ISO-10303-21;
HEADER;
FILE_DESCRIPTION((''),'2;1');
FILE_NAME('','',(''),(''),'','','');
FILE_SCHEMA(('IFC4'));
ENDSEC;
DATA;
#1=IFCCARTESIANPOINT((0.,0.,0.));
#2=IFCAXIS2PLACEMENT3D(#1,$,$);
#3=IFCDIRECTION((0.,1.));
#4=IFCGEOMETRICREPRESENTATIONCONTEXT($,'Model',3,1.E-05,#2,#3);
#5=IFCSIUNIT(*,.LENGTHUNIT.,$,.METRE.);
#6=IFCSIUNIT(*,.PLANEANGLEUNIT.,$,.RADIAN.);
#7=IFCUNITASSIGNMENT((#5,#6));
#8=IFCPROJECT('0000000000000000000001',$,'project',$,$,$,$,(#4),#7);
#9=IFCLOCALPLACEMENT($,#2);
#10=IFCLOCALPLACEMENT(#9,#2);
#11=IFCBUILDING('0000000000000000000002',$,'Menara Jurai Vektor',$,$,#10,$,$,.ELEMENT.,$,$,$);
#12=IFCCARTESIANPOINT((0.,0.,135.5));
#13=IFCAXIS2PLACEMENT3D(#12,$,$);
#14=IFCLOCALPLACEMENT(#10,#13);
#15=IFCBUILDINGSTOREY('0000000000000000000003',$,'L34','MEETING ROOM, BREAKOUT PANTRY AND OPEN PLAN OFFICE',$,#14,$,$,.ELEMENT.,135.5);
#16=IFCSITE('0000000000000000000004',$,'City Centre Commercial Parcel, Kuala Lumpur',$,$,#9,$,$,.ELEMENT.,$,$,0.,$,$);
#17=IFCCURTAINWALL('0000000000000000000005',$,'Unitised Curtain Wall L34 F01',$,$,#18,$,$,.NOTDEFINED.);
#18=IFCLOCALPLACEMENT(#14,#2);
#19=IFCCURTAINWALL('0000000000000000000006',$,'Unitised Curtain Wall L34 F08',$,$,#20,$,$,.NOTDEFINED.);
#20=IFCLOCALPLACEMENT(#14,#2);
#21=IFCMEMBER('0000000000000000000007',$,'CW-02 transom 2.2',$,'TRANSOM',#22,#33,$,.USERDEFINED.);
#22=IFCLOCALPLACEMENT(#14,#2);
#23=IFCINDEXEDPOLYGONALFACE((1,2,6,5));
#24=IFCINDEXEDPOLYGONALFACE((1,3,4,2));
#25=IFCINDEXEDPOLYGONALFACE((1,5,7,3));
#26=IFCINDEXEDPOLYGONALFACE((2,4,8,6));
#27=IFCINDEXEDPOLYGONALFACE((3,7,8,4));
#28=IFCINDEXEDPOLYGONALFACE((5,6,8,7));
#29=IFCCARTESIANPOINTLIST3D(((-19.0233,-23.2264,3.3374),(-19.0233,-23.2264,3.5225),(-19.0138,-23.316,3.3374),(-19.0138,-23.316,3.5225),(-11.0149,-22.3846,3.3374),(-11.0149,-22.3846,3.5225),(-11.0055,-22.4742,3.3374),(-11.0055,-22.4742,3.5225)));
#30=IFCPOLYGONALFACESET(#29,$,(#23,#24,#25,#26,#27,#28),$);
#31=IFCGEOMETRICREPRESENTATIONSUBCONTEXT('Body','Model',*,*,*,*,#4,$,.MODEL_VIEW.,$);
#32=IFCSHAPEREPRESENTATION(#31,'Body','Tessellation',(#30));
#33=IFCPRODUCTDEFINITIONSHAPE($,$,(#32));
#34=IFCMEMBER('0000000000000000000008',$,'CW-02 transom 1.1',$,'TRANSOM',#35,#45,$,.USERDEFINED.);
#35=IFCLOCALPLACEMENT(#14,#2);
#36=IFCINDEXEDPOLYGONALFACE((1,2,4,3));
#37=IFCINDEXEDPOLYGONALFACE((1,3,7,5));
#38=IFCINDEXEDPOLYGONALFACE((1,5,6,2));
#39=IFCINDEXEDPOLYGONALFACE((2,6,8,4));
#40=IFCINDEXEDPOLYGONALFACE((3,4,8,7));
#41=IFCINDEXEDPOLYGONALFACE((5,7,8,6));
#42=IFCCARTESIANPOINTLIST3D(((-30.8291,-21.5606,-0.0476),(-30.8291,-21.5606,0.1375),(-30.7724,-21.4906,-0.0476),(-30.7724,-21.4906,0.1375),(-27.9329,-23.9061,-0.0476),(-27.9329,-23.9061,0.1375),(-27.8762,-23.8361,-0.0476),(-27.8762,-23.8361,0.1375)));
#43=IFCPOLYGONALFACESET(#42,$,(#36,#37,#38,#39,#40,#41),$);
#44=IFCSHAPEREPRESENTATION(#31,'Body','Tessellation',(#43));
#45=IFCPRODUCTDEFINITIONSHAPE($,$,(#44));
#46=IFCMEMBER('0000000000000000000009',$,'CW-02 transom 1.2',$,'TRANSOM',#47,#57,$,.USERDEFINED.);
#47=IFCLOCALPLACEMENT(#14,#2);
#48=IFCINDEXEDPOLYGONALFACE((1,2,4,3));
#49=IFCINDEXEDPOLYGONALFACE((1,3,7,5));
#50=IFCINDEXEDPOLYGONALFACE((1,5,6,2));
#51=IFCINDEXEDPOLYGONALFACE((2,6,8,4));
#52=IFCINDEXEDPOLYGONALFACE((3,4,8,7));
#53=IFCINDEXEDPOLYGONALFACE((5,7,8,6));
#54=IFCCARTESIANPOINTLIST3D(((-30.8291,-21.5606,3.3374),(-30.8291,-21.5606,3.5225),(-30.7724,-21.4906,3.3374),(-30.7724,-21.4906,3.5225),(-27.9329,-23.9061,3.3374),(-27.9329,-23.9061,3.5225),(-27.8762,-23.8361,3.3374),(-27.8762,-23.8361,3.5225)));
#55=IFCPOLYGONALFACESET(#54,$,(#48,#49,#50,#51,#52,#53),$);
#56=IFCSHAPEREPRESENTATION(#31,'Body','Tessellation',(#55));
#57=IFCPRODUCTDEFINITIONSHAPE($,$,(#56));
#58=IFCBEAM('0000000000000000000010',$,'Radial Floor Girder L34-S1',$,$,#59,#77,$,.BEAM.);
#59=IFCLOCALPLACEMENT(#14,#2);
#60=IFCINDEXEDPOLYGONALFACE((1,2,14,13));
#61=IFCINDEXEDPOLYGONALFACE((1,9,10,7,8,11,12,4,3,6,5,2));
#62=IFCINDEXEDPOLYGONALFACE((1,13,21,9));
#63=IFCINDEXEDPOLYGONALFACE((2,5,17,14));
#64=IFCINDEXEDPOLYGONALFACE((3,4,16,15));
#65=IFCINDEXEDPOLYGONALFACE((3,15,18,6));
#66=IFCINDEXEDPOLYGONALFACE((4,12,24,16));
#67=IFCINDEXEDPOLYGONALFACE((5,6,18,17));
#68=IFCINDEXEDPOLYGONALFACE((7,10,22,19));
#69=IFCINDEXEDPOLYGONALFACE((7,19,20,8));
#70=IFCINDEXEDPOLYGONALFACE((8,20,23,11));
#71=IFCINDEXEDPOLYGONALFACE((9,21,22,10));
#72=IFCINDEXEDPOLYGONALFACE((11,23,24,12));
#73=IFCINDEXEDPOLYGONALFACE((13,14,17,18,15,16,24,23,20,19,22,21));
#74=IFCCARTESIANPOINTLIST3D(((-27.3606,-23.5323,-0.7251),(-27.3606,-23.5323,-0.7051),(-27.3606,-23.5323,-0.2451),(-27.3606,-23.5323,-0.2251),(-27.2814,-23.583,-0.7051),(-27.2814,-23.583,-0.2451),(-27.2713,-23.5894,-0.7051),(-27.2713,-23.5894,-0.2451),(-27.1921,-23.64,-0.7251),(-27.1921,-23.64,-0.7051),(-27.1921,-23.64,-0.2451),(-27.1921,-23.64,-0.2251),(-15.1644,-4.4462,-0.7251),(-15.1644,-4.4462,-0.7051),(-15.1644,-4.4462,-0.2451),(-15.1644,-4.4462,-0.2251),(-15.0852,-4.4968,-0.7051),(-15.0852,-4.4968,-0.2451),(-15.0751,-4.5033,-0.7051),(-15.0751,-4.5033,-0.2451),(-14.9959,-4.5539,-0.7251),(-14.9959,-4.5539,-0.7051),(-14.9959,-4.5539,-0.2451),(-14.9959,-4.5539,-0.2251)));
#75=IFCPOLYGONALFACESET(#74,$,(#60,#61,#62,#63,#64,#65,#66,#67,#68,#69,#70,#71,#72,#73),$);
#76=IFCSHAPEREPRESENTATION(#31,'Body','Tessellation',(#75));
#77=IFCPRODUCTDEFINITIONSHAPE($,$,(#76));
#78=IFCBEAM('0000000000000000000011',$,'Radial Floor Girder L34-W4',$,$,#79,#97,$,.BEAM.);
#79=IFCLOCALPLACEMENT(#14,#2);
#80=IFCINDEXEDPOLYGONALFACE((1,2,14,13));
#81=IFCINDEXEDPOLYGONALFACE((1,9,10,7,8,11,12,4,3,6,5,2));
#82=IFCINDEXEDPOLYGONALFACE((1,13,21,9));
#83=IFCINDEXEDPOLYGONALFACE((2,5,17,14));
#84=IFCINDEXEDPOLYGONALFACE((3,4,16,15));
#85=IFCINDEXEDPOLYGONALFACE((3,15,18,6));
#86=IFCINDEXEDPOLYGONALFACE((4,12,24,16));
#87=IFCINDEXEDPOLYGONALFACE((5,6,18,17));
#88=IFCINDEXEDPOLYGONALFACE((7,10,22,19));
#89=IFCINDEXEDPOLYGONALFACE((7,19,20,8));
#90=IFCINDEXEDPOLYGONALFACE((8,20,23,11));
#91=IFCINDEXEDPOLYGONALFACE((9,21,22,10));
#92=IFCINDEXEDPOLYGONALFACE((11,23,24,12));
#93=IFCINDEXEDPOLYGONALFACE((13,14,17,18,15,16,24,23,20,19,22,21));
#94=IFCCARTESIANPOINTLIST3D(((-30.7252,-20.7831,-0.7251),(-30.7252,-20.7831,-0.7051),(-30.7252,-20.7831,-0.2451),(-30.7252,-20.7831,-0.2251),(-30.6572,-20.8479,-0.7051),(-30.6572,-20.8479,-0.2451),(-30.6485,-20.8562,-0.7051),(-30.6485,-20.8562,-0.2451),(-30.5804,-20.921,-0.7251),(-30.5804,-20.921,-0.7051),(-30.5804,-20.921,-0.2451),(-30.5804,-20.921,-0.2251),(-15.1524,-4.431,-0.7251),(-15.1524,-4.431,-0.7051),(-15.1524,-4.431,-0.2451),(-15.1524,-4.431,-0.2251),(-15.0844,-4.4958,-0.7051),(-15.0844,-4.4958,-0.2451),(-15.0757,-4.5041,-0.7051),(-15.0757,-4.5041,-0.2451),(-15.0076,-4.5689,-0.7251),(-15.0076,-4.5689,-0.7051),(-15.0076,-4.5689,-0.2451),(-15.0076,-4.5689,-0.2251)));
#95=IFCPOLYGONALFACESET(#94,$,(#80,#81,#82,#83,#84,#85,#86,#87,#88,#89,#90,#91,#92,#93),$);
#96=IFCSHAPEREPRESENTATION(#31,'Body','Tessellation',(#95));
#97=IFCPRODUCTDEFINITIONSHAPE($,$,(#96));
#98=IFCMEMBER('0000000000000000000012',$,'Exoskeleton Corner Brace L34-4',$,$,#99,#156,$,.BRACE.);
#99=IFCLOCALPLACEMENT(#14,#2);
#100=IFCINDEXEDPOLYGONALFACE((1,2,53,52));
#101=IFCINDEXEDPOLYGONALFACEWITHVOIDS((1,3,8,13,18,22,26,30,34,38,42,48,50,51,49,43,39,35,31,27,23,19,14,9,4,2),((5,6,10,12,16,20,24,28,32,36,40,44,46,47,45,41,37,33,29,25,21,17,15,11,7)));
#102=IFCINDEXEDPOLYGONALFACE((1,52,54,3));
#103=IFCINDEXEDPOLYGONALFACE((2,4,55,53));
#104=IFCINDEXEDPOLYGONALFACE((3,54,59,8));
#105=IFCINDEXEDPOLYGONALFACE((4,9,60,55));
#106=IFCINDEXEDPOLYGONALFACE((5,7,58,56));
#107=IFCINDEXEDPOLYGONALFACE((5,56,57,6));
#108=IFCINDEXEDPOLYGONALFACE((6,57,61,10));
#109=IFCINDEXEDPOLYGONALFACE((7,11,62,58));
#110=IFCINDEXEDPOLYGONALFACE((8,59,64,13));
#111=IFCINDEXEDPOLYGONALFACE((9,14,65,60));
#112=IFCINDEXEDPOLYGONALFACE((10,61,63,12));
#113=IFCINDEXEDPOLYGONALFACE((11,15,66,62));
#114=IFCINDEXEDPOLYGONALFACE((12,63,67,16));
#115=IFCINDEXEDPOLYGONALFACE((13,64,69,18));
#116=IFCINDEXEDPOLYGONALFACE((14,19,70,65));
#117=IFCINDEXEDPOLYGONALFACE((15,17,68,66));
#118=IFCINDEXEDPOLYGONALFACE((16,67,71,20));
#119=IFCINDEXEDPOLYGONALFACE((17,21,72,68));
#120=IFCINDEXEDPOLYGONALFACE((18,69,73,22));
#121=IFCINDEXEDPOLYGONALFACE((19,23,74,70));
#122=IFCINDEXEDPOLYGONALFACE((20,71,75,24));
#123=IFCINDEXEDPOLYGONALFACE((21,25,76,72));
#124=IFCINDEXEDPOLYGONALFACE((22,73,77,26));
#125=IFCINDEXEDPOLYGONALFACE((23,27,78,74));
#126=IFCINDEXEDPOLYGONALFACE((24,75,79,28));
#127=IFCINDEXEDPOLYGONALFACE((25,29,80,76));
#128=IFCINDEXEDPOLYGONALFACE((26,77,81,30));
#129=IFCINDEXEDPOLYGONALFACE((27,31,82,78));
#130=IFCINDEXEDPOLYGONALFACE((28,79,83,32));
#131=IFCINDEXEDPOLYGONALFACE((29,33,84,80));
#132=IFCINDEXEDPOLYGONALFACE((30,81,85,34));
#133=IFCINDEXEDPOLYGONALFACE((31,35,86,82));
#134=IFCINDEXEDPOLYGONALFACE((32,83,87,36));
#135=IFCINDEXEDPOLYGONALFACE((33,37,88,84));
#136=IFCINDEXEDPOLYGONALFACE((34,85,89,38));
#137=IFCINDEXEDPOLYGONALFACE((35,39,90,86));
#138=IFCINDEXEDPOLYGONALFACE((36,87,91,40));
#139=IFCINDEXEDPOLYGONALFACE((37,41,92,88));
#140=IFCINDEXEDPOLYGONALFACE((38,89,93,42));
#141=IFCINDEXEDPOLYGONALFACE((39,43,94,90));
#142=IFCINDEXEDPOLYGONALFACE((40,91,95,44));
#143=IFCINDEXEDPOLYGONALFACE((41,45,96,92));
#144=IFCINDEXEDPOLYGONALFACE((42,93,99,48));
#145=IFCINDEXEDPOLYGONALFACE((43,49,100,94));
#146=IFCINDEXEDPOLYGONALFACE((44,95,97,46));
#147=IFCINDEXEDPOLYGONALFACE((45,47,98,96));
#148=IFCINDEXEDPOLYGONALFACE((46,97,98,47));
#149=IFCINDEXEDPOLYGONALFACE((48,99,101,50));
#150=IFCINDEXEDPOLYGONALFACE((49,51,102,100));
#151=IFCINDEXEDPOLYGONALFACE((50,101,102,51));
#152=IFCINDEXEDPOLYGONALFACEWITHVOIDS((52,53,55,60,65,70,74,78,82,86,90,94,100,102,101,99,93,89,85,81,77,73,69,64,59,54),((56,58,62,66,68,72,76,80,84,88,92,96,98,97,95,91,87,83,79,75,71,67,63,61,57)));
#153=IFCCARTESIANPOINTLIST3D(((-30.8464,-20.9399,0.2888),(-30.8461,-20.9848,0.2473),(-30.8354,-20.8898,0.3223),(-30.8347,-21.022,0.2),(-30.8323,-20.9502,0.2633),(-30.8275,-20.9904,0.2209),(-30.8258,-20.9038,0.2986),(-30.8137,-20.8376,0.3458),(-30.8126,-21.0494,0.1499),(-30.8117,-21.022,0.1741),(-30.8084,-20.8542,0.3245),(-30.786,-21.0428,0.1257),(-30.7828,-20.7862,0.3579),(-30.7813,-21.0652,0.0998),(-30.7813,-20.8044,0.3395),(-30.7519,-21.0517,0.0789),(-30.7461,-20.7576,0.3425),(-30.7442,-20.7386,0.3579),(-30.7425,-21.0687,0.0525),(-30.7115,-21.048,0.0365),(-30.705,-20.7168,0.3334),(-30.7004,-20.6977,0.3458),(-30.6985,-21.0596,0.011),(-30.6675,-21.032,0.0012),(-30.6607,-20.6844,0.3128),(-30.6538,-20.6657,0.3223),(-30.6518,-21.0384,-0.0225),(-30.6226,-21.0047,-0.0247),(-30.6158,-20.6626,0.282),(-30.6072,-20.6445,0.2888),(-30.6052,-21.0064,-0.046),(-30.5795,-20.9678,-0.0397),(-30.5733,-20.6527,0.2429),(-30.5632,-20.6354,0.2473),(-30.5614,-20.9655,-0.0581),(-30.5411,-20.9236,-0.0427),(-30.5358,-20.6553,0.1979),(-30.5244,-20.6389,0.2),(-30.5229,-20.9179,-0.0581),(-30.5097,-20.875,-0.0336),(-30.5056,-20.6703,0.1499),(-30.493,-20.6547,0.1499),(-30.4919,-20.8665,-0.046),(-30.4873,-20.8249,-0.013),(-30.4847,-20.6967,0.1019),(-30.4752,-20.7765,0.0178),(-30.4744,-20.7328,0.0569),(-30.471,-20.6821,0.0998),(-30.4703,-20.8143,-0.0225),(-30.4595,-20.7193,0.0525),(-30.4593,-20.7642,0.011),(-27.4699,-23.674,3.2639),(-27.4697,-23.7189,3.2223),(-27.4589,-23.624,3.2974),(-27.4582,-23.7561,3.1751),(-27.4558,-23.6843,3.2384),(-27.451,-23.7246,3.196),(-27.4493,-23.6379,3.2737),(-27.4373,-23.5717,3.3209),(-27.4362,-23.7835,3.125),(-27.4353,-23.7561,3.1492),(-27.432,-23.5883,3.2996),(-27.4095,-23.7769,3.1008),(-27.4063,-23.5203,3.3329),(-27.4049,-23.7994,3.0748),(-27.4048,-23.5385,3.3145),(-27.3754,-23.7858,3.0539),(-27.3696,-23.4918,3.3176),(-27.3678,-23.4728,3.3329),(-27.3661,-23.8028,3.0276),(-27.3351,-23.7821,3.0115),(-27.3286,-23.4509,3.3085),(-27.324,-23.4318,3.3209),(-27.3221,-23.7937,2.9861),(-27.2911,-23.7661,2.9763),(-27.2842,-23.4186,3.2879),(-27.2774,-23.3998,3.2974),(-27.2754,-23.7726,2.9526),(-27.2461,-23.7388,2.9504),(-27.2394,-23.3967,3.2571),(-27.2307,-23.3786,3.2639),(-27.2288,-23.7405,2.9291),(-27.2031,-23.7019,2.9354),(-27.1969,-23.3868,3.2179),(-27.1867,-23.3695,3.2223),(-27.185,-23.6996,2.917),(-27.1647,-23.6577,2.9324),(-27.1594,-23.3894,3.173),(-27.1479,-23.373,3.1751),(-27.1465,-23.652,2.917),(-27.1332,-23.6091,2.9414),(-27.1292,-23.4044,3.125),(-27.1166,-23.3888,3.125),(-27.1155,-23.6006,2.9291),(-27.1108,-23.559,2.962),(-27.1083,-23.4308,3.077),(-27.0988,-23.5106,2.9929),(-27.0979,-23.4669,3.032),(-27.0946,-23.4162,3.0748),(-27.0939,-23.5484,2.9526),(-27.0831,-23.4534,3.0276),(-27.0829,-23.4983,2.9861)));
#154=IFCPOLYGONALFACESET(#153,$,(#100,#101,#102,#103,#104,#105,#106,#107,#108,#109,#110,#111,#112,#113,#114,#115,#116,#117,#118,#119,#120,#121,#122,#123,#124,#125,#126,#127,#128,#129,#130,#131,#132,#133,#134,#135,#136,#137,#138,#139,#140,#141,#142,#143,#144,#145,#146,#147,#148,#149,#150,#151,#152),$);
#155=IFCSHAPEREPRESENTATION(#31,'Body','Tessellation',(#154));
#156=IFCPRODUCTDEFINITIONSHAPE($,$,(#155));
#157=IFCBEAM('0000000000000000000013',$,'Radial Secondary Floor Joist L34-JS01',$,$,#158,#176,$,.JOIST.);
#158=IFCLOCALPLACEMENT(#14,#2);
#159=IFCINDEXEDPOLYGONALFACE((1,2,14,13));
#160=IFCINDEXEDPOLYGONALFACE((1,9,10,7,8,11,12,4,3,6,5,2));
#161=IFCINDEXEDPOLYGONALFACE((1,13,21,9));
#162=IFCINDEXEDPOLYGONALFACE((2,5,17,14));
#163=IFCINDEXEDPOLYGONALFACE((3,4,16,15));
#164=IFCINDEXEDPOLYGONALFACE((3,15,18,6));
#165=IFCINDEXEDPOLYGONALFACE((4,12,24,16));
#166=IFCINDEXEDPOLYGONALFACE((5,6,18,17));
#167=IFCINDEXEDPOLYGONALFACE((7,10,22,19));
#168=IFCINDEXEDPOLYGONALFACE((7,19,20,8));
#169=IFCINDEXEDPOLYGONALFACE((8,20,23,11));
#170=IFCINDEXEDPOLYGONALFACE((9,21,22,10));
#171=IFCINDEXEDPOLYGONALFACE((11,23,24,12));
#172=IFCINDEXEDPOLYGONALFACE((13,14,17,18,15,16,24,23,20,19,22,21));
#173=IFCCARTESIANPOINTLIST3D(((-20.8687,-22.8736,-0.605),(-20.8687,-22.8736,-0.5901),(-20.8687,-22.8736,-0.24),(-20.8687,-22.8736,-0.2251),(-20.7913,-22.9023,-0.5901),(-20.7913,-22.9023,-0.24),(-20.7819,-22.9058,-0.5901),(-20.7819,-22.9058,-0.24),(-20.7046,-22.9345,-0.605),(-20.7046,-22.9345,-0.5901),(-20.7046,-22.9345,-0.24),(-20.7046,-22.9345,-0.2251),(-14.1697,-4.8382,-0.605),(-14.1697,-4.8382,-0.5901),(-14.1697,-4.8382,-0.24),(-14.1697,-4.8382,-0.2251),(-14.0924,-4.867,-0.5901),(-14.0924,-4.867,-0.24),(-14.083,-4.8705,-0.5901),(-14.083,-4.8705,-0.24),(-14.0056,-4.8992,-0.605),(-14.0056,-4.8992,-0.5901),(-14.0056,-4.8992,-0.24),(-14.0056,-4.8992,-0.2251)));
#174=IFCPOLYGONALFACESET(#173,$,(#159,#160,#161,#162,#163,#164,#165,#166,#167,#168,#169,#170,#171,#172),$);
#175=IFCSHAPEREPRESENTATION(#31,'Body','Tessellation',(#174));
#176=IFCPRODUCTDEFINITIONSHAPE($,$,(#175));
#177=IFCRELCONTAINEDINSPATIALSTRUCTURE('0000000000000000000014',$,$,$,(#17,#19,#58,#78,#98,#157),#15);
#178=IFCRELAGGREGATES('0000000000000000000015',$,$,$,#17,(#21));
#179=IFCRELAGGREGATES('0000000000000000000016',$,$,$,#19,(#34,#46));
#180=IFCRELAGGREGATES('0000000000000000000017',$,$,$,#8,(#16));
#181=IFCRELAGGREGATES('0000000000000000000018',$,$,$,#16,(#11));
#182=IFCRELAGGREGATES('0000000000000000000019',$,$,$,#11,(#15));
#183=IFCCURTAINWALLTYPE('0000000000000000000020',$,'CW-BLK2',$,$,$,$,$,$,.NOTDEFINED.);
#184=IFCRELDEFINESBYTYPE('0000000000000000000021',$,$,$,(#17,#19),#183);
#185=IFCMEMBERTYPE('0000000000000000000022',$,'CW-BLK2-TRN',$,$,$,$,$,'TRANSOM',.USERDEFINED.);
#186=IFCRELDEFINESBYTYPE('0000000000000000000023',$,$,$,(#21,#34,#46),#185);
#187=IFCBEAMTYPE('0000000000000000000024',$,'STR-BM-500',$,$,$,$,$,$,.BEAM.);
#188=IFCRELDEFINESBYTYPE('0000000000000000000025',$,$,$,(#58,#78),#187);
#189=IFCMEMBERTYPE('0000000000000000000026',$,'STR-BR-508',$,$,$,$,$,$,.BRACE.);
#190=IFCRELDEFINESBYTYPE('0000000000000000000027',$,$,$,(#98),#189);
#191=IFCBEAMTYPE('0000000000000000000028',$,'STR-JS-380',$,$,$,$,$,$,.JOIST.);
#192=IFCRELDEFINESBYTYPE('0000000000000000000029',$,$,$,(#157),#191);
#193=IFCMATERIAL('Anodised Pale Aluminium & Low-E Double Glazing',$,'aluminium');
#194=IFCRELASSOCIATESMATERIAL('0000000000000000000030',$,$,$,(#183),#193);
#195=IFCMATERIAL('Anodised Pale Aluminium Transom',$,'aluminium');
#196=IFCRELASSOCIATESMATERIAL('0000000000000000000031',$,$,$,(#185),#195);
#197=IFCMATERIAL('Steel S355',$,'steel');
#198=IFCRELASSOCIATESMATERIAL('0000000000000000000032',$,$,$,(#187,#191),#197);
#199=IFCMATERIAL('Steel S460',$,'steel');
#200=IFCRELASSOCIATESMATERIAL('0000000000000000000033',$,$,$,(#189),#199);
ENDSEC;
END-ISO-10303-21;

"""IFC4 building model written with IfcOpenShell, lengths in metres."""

from ifc_helpers import new_model, si_unit, direction, frame, origin, origin_2d, place, context, subcontext, project, spatial, rectangle, hollow_circle, i_section, extrude, material, material_profile, profile_set, type_object, element, aggregate, save


model = new_model("IFC4")

# Units and contexts
model_context = context("Model", 3, precision=1e-05, world=origin(), true_north=direction((0.0, 1.0)))
body_context = subcontext(model_context, "Body", "Model", "MODEL_VIEW")
ifc_project = project(units=[si_unit("LENGTHUNIT", "METRE"), si_unit("PLANEANGLEUNIT", "RADIAN")], contexts=[model_context])

# Site, building, storey
site_placement = place(None, origin())
site = spatial("IfcSite", under=ifc_project, at=site_placement, Name="City Centre Commercial Parcel, Kuala Lumpur", CompositionType="ELEMENT", RefElevation=0.0)
building_placement = place(site_placement, origin())
building = spatial("IfcBuilding", under=site, at=building_placement, Name="Menara Jurai Vektor", CompositionType="ELEMENT")
storey_placement = place(building_placement, frame((0.0, 0.0, 135.5)))
storey = spatial("IfcBuildingStorey", under=building, at=storey_placement, Name="L34", Description="MEETING ROOM, BREAKOUT PANTRY AND OPEN PLAN OFFICE", CompositionType="ELEMENT", Elevation=135.5)

# Shared definitions
ifc_material_1 = material(Name="Steel S460", Category="steel")

# Curtain walls
ifc_material_2 = material(Name="Anodised Pale Aluminium & Low-E Double Glazing", Category="aluminium")
curtain_wall_type = type_object("IfcCurtainWallType", Name="CW-BLK2", PredefinedType="NOTDEFINED", material=ifc_material_2)
curtain_wall_1_placement = place(storey_placement, origin())
curtain_wall_1 = element("IfcCurtainWall", 1, at=curtain_wall_1_placement, inside=storey, type_object=curtain_wall_type, Name="Unitised Curtain Wall L34 F01", PredefinedType="NOTDEFINED")
curtain_wall_2_placement = place(storey_placement, origin())
curtain_wall_2 = element("IfcCurtainWall", 2, at=curtain_wall_2_placement, inside=storey, type_object=curtain_wall_type, Name="Unitised Curtain Wall L34 F08", PredefinedType="NOTDEFINED")

# Members
ifc_material_3 = material(Name="Anodised Pale Aluminium Transom", Category="aluminium")
ifc_material_profile_1 = material_profile(ifc_material_3, rectangle(XDim=0.0901, YDim=0.1851, at=origin_2d()), Name="ALU TRN 90x185")
ifc_profile_set_1 = profile_set([ifc_material_profile_1], Name="Anodised Pale Aluminium Transom")
member_type_1 = type_object("IfcMemberType", Name="CW-BLK2-TRN", ElementType="TRANSOM", PredefinedType="USERDEFINED", material=ifc_profile_set_1)
member_1_placement = place(storey_placement, frame((-19.0186, -23.2712, 3.4299), z_axis=(0.994521, 0.10454, 0.0), x_axis=(-0.10454, 0.994521, 0.0)))
member_1 = element("IfcMember", 3, at=member_1_placement, type_object=member_type_1, Name="CW-02 transom 2.2", ObjectType="TRANSOM", PredefinedType="USERDEFINED", context=body_context, shape_type="SweptSolid", body=[
    extrude(rectangle(XDim=0.0901, YDim=0.1851, at=origin_2d()), origin(), (0.0, 0.0, 1.0), 8.0525),
])
member_2_placement = place(storey_placement, frame((-30.8008, -21.5256, 0.0449), z_axis=(0.777129, -0.629341, 0.0), x_axis=(0.629341, 0.777129, 0.0)))
member_2 = element("IfcMember", 4, at=member_2_placement, type_object=member_type_1, Name="CW-02 transom 1.1", ObjectType="TRANSOM", PredefinedType="USERDEFINED", context=body_context, shape_type="SweptSolid", body=[
    extrude(rectangle(XDim=0.0901, YDim=0.1851, at=origin_2d()), origin(), (0.0, 0.0, 1.0), 3.7268),
])
member_3_placement = place(storey_placement, frame((-30.8008, -21.5256, 3.4299), z_axis=(0.777129, -0.629341, 0.0), x_axis=(0.629341, 0.777129, 0.0)))
member_3 = element("IfcMember", 5, at=member_3_placement, type_object=member_type_1, Name="CW-02 transom 1.2", ObjectType="TRANSOM", PredefinedType="USERDEFINED", context=body_context, shape_type="SweptSolid", body=[
    extrude(rectangle(XDim=0.0901, YDim=0.1851, at=origin_2d()), origin(), (0.0, 0.0, 1.0), 3.7268),
])

# Beams
ifc_material_4 = material(Name="Steel S355", Category="steel")
ifc_material_profile_2 = material_profile(ifc_material_4, i_section(OverallWidth=0.2, OverallDepth=0.5, WebThickness=0.012, FlangeThickness=0.02, at=origin_2d()), Name="PG 500x200x96")
ifc_profile_set_2 = profile_set([ifc_material_profile_2], Name="Steel S355")
beam_type_1 = type_object("IfcBeamType", Name="STR-BM-500", PredefinedType="BEAM", material=ifc_profile_set_2)
beam_1_placement = place(storey_placement, frame((-27.2764, -23.5862, -0.4751), z_axis=(0.538463, 0.842649, 0.0), x_axis=(-0.842649, 0.538463, 0.0)))
element("IfcBeam", 6, at=beam_1_placement, inside=storey, type_object=beam_type_1, Name="Radial Floor Girder L34-S1", PredefinedType="BEAM", context=body_context, shape_type="SweptSolid", body=[
    extrude(i_section(OverallWidth=0.2, OverallDepth=0.5, WebThickness=0.012, FlangeThickness=0.02, at=origin_2d()), origin(), (0.0, 0.0, 1.0), 22.6501),
])
beam_2_placement = place(storey_placement, frame((-30.6528, -20.8521, -0.4751), z_axis=(0.689641, 0.724152, 0.0), x_axis=(-0.724152, 0.689641, 0.0)))
element("IfcBeam", 7, at=beam_2_placement, inside=storey, type_object=beam_type_1, Name="Radial Floor Girder L34-W4", PredefinedType="BEAM", context=body_context, shape_type="SweptSolid", body=[
    extrude(i_section(OverallWidth=0.2, OverallDepth=0.5, WebThickness=0.012, FlangeThickness=0.02, at=origin_2d()), origin(), (0.0, 0.0, 1.0), 22.5811),
])

# Member
ifc_material_profile_3 = material_profile(ifc_material_1, hollow_circle(Radius=0.2539, WallThickness=0.02, at=origin_2d()), Name="CHS 508x20")
ifc_profile_set_3 = profile_set([ifc_material_profile_3], Name="Steel S460")
member_type_2 = type_object("IfcMemberType", Name="STR-BR-508", PredefinedType="BRACE", material=ifc_profile_set_3)
member_4_placement = place(storey_placement, frame((-30.6528, -20.8521, 0.1499), z_axis=(0.641223, -0.519238, 0.565), x_axis=(0.62931, 0.777155, 0.0)))
element("IfcMember", 8, at=member_4_placement, inside=storey, type_object=member_type_2, Name="Exoskeleton Corner Brace L34-4", PredefinedType="BRACE", context=body_context, shape_type="SweptSolid", body=[
    extrude(hollow_circle(Radius=0.2539, WallThickness=0.02, at=origin_2d()), origin(), (0.0, 0.0, 1.0), 5.2656),
])

# Beam
ifc_material_profile_4 = material_profile(ifc_material_4, i_section(OverallWidth=0.175, OverallDepth=0.3799, WebThickness=0.01, FlangeThickness=0.0149, at=origin_2d()), Name="PG 380x175x58")
ifc_profile_set_4 = profile_set([ifc_material_profile_4], Name="Steel S355")
beam_type_2 = type_object("IfcBeamType", Name="STR-JS-380", PredefinedType="JOIST", material=ifc_profile_set_4)
beam_3_placement = place(storey_placement, frame((-20.7866, -22.9041, -0.415), z_axis=(0.348192, 0.937423, 0.0), x_axis=(-0.937423, 0.348192, 0.0)))
element("IfcBeam", 9, at=beam_3_placement, inside=storey, type_object=beam_type_2, Name="Radial Secondary Floor Joist L34-JS01", PredefinedType="JOIST", context=body_context, shape_type="SweptSolid", body=[
    extrude(i_section(OverallWidth=0.175, OverallDepth=0.3799, WebThickness=0.01, FlangeThickness=0.0149, at=origin_2d()), origin(), (0.0, 0.0, 1.0), 19.2393),
])

aggregate(curtain_wall_1, [member_1])
aggregate(curtain_wall_2, [member_2, member_3])

save(model, "model.ifc")
